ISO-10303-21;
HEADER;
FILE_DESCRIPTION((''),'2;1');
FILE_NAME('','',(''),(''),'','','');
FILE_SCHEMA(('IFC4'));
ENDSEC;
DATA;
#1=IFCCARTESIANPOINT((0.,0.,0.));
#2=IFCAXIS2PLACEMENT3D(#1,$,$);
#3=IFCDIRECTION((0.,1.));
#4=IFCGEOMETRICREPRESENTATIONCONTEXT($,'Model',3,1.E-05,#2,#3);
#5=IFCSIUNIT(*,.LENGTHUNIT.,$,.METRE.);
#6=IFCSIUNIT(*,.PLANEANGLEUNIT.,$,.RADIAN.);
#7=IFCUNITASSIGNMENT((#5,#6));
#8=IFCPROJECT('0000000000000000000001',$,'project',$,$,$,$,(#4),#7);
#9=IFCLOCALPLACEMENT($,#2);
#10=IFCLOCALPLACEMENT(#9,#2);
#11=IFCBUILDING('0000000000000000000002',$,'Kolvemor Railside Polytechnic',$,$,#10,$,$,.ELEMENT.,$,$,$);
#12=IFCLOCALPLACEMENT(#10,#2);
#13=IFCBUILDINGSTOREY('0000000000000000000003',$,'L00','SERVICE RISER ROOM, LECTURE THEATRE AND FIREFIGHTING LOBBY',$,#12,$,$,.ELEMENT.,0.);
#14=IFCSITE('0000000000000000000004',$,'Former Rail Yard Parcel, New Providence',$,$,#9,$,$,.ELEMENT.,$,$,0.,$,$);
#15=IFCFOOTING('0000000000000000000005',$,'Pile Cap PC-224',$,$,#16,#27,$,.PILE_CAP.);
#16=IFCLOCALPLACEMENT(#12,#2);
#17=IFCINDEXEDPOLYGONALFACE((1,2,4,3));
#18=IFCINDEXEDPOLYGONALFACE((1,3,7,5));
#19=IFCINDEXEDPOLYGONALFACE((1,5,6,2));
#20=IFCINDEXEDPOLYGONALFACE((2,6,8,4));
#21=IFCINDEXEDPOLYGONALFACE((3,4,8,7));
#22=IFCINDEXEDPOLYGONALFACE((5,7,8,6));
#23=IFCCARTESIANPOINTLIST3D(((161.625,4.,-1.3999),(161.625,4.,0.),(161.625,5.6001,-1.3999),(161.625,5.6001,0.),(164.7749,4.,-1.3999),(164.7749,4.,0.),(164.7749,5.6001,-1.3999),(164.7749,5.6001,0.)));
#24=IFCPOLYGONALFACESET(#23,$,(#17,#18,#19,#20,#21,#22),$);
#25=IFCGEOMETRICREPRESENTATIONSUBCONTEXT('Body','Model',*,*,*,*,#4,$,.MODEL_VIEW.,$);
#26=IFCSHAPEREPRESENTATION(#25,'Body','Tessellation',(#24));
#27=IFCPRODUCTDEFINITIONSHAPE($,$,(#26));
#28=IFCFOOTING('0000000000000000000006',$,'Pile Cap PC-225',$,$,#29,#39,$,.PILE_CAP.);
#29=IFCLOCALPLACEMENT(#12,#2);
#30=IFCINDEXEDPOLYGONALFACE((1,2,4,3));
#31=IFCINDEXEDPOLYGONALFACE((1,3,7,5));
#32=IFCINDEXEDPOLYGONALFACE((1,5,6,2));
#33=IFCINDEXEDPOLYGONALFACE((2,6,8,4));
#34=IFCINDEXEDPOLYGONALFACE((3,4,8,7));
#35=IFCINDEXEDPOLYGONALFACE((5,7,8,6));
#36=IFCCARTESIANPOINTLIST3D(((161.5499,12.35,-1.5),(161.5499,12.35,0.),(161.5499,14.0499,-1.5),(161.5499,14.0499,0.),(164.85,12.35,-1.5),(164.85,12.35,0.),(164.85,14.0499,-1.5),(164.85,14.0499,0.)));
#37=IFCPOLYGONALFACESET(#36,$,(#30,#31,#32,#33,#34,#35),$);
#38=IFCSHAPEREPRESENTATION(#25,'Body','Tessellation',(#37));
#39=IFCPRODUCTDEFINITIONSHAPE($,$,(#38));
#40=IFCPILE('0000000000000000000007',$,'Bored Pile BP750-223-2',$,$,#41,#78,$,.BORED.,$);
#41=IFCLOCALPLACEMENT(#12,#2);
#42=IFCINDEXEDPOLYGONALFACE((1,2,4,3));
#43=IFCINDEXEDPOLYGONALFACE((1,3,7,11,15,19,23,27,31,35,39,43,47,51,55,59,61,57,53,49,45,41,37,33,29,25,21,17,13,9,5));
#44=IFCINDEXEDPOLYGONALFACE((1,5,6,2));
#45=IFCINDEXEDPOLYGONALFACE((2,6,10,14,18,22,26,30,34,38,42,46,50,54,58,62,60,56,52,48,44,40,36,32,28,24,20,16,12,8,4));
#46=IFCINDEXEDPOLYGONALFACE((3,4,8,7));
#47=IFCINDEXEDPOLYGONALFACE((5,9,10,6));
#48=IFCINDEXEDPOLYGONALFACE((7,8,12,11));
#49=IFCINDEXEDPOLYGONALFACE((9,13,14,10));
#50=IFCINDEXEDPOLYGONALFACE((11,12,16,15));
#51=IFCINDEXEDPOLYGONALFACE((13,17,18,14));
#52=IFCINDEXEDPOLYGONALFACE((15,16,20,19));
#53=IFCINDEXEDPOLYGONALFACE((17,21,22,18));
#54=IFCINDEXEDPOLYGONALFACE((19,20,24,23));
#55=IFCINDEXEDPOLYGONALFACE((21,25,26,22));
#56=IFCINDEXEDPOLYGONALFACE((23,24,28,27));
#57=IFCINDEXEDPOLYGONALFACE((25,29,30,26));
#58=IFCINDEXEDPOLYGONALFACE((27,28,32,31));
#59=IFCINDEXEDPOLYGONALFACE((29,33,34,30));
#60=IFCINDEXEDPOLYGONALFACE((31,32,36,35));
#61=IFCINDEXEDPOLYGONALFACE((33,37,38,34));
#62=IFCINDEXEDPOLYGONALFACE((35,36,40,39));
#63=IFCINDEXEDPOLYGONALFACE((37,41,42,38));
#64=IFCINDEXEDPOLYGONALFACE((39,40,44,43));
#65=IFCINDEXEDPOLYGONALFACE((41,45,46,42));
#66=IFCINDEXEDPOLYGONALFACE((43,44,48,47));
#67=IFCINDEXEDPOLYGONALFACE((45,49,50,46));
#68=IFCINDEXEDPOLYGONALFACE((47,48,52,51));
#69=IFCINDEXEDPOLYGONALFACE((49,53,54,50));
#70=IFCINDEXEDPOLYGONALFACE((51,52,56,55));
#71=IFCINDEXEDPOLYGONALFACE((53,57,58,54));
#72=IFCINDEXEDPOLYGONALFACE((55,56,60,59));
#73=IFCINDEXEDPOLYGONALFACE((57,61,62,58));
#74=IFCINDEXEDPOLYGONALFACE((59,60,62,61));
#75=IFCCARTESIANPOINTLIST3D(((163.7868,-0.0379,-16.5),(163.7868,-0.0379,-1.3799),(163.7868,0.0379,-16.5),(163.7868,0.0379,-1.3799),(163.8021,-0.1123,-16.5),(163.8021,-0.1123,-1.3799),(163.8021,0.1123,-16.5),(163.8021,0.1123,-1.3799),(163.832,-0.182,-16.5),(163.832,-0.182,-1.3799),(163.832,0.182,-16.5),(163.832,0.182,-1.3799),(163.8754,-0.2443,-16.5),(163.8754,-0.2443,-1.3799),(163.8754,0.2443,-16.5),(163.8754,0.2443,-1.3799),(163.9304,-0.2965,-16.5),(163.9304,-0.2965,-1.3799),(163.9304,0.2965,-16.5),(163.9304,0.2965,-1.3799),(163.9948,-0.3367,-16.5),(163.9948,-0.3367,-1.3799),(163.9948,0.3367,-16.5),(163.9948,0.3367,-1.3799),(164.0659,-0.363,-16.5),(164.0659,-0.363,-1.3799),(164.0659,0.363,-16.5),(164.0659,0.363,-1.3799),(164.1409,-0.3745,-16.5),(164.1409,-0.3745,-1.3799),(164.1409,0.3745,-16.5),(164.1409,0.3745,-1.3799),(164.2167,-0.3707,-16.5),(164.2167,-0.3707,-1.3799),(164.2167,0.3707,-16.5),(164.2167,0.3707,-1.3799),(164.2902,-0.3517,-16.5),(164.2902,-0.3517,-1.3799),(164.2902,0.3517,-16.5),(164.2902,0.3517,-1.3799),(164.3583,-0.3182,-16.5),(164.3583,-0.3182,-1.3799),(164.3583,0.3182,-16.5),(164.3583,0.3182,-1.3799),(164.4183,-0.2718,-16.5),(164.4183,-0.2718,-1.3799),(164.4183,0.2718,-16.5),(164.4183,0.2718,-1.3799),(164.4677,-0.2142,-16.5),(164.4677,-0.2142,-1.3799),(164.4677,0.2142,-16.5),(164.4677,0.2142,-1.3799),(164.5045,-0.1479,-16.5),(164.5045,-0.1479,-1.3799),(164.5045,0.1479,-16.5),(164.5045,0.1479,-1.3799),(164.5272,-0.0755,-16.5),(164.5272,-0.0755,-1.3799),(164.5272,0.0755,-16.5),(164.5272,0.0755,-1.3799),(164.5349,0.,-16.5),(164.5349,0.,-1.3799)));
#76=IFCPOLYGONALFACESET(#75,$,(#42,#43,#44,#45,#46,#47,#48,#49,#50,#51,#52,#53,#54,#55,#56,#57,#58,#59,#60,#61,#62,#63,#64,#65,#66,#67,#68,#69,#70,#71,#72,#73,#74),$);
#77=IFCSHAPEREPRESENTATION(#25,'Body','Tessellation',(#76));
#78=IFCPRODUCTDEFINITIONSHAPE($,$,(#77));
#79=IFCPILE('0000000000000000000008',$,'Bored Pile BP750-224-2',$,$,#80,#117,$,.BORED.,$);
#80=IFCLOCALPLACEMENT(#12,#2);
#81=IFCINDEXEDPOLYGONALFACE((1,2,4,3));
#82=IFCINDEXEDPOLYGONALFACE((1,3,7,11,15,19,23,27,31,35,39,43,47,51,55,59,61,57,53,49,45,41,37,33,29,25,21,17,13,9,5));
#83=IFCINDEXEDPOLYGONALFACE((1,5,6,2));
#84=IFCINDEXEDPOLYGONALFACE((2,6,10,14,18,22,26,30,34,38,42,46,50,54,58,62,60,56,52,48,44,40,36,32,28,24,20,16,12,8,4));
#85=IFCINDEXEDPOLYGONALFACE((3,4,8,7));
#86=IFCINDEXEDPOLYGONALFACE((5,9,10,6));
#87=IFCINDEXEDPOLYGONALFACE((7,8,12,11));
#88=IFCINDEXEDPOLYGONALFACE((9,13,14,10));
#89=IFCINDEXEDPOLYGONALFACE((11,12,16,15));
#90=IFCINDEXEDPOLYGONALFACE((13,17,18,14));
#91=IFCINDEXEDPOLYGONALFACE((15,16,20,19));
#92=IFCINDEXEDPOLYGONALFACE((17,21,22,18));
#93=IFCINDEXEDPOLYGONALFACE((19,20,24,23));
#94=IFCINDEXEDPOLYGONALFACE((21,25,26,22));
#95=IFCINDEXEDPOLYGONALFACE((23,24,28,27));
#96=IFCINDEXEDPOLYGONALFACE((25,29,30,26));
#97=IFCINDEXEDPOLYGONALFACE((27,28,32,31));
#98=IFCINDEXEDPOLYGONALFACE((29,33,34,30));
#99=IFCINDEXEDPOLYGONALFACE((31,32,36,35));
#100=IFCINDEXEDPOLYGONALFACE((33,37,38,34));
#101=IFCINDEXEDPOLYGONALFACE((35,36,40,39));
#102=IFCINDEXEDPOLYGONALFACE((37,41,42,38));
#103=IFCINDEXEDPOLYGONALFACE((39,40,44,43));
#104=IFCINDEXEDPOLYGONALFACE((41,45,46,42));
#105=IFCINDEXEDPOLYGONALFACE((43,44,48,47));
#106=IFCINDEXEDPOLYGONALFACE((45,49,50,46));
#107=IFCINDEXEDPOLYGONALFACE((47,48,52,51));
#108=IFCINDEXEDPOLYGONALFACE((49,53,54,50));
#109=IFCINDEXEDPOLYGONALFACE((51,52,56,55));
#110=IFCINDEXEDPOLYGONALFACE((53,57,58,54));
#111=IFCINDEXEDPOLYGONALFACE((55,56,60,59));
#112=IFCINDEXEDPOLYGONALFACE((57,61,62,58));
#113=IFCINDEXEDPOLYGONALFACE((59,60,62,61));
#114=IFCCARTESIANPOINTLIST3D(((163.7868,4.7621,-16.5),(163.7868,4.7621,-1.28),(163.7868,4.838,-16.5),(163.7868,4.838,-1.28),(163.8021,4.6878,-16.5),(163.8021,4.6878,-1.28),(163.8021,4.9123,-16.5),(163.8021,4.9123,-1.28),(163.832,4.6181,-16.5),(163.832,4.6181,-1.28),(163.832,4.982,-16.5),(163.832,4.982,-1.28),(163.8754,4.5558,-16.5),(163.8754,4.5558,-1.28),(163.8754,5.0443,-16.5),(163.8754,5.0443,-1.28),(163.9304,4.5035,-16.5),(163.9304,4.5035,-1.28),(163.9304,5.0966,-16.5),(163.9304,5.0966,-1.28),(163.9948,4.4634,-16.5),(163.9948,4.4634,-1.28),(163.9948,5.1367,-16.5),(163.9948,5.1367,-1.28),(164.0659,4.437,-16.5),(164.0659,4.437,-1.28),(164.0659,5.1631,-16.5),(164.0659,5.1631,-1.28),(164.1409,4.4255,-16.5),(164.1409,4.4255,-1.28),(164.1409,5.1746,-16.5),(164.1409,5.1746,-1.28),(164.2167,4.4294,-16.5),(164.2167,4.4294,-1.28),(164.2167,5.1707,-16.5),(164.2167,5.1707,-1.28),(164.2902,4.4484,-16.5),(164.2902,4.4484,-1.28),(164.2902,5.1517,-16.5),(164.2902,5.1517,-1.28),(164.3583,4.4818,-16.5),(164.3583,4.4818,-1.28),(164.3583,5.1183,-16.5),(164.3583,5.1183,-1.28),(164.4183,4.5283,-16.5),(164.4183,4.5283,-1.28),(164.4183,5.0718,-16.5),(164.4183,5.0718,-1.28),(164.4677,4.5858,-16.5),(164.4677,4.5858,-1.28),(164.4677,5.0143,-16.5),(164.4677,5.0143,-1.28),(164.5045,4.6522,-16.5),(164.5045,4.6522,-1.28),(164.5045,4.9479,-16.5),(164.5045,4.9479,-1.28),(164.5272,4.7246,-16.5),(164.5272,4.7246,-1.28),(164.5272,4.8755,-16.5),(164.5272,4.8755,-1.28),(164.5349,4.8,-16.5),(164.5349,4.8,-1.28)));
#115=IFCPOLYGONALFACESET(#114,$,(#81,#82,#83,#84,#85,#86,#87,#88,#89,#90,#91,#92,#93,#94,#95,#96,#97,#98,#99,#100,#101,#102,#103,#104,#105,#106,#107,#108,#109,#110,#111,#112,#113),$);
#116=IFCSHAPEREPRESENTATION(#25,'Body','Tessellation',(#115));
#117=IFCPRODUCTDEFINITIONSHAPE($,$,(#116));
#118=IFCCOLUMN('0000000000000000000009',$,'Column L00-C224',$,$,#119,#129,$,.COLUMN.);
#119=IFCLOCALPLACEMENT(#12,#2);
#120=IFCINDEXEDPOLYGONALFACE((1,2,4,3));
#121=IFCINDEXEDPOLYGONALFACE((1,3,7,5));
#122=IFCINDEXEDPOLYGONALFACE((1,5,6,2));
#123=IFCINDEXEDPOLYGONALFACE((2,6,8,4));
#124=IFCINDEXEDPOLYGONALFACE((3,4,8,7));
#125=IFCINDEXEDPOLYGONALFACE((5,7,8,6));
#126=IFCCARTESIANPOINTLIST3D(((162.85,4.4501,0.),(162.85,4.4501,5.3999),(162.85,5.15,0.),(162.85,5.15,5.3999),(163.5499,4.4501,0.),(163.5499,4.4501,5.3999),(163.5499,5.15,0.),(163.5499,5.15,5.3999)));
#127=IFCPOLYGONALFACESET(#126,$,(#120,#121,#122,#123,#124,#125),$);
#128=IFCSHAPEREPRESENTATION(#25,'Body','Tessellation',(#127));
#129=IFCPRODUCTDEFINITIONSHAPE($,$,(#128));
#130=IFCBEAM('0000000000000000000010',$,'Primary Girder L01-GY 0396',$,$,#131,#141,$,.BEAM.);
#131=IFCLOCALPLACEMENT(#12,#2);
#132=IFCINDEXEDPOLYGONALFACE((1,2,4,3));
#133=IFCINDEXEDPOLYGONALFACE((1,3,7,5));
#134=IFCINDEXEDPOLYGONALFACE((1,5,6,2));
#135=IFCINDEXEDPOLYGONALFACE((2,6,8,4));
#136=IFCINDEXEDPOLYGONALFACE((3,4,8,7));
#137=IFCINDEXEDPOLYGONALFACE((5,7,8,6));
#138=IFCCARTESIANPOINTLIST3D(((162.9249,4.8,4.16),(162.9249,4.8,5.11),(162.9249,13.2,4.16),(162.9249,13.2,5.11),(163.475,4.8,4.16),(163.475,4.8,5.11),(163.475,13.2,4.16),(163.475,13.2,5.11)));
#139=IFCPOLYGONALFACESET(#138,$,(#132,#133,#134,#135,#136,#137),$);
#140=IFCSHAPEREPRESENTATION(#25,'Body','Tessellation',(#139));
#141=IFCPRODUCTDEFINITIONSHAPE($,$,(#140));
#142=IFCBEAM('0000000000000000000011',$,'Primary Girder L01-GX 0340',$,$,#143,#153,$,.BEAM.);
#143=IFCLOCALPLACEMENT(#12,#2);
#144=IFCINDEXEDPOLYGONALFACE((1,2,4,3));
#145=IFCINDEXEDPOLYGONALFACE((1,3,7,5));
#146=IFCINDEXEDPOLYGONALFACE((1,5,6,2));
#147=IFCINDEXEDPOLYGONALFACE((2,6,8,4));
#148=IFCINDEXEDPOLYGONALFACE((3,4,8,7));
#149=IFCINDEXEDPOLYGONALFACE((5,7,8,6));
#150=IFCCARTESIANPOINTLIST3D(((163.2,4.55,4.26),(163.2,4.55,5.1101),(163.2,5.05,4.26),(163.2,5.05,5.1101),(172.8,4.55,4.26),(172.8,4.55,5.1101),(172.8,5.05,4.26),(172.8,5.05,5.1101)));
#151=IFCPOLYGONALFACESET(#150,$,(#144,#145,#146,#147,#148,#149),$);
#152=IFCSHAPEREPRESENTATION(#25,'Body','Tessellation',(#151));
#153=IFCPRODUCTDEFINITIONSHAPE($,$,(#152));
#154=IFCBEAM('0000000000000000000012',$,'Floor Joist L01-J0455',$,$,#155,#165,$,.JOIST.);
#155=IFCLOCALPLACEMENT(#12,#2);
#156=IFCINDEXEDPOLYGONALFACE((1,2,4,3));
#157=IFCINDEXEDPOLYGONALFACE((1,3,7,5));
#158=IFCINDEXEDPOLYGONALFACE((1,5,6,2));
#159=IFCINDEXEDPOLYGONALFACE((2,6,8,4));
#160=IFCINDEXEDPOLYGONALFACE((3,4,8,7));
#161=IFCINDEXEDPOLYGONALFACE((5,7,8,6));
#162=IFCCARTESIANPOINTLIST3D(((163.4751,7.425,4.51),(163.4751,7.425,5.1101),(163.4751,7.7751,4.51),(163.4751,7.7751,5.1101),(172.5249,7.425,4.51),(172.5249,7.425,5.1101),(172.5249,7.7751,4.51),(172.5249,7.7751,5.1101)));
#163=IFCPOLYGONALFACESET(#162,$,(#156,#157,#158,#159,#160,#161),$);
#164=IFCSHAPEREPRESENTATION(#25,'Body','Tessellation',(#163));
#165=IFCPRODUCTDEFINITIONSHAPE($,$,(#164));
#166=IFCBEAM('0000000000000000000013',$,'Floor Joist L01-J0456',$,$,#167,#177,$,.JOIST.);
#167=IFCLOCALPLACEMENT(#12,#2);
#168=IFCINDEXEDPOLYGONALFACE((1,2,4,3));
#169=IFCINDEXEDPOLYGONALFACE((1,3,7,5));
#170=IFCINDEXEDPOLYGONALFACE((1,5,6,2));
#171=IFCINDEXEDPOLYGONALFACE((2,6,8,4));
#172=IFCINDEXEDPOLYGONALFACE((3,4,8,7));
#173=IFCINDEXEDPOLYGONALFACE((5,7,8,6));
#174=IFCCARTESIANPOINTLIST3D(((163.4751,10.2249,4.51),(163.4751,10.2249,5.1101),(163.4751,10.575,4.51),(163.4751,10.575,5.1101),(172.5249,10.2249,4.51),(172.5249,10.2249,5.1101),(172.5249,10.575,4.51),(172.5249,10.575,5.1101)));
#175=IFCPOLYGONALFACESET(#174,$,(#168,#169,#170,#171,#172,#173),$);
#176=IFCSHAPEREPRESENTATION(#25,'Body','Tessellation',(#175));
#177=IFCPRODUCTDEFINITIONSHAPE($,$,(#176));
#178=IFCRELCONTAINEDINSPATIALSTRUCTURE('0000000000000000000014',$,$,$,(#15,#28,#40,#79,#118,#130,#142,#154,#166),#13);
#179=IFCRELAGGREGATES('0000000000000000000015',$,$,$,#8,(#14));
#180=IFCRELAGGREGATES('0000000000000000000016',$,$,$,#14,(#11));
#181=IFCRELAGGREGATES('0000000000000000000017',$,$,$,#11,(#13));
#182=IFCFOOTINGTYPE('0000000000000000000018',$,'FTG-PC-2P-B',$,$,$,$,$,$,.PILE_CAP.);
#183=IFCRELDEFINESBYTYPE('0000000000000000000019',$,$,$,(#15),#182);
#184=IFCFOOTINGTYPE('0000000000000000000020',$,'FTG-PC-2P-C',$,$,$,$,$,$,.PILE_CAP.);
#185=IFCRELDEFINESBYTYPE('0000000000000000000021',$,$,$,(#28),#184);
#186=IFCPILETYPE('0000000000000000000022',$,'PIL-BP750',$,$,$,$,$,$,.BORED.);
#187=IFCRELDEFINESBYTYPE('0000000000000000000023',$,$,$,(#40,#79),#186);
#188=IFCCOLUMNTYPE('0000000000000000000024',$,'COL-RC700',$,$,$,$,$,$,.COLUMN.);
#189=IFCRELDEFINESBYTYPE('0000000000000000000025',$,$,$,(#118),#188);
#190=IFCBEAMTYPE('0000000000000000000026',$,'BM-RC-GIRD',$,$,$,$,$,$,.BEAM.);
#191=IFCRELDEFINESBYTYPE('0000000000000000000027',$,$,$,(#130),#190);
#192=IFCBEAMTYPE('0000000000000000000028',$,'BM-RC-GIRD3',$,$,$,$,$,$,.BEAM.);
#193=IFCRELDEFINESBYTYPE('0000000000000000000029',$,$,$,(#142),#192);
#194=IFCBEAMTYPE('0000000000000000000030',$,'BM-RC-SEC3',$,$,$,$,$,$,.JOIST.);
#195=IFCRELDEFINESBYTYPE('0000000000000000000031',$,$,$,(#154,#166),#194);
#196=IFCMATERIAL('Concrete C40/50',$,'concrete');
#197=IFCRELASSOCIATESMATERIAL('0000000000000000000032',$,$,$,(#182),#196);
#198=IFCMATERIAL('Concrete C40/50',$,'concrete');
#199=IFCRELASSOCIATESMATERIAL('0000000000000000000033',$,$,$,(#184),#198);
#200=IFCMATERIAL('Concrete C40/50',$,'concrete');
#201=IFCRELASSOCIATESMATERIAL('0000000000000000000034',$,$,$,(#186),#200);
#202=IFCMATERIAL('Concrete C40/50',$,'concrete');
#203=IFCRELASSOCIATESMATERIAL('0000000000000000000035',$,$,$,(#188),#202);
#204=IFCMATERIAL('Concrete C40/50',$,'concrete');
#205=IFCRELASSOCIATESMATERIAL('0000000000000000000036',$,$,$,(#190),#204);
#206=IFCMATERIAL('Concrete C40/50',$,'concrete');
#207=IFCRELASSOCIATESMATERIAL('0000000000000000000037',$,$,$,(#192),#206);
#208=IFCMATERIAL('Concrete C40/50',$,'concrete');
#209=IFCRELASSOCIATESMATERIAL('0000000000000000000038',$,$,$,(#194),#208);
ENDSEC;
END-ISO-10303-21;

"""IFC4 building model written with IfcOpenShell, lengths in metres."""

from ifc_helpers import new_model, si_unit, direction, frame, origin, origin_2d, place, context, subcontext, project, spatial, rectangle, circle, extrude, material, material_profile, profile_set, type_object, element, save


model = new_model("IFC4")

# Units and contexts
model_context = context("Model", 3, precision=1e-05, world=origin(), true_north=direction((0.0, 1.0)))
body_context = subcontext(model_context, "Body", "Model", "MODEL_VIEW")
ifc_project = project(units=[si_unit("LENGTHUNIT", "METRE"), si_unit("PLANEANGLEUNIT", "RADIAN")], contexts=[model_context])

# Site, building, storey
site_placement = place(None, origin())
site = spatial("IfcSite", under=ifc_project, at=site_placement, Name="Former Rail Yard Parcel, New Providence", CompositionType="ELEMENT", RefElevation=0.0)
building_placement = place(site_placement, origin())
building = spatial("IfcBuilding", under=site, at=building_placement, Name="Kolvemor Railside Polytechnic", CompositionType="ELEMENT")
storey_placement = place(building_placement, origin())
storey = spatial("IfcBuildingStorey", under=building, at=storey_placement, Name="L00", Description="SERVICE RISER ROOM, LECTURE THEATRE AND FIREFIGHTING LOBBY", CompositionType="ELEMENT", Elevation=0.0)

# Footings
ifc_material_1 = material(Name="Concrete C40/50", Category="concrete")
footing_type_1 = type_object("IfcFootingType", Name="FTG-PC-2P-B", PredefinedType="PILE_CAP", material=ifc_material_1)
footing_1_placement = place(storey_placement, frame((163.2, 4.8, -1.3999), z_axis=(0.0, 0.0, 1.0), x_axis=(1.0, 0.0, 0.0)))
element("IfcFooting", 1, at=footing_1_placement, inside=storey, type_object=footing_type_1, Name="Pile Cap PC-224", PredefinedType="PILE_CAP", context=body_context, shape_type="SweptSolid", body=[
    extrude(rectangle(XDim=3.1499, YDim=1.6001, at=origin_2d()), origin(), (0.0, 0.0, 1.0), 1.3999),
])
ifc_material_2 = material(Name="Concrete C40/50", Category="concrete")
footing_type_2 = type_object("IfcFootingType", Name="FTG-PC-2P-C", PredefinedType="PILE_CAP", material=ifc_material_2)
footing_2_placement = place(storey_placement, frame((163.2, 13.2, -1.5), z_axis=(0.0, 0.0, 1.0), x_axis=(1.0, 0.0, 0.0)))
element("IfcFooting", 2, at=footing_2_placement, inside=storey, type_object=footing_type_2, Name="Pile Cap PC-225", PredefinedType="PILE_CAP", context=body_context, shape_type="SweptSolid", body=[
    extrude(rectangle(XDim=3.3, YDim=1.7, at=origin_2d()), origin(), (0.0, 0.0, 1.0), 1.5),
])

# Piles
ifc_material_3 = material(Name="Concrete C40/50", Category="concrete")
ifc_material_profile_1 = material_profile(ifc_material_3, circle(Radius=0.375, at=origin_2d()), Name="BP750")
ifc_profile_set_1 = profile_set([ifc_material_profile_1], Name="Concrete C40/50")
pile_type = type_object("IfcPileType", Name="PIL-BP750", PredefinedType="BORED", material=ifc_profile_set_1)
pile_1_placement = place(storey_placement, frame((164.1599, 0.0, -1.3799), z_axis=(0.0, 0.0, -1.0), x_axis=(1.0, 0.0, 0.0)))
element("IfcPile", 3, at=pile_1_placement, inside=storey, type_object=pile_type, Name="Bored Pile BP750-223-2", PredefinedType="BORED", context=body_context, shape_type="SweptSolid", body=[
    extrude(circle(Radius=0.375, at=origin_2d()), origin(), (0.0, 0.0, 1.0), 15.1201),
])
pile_2_placement = place(storey_placement, frame((164.1599, 4.8, -1.28), z_axis=(0.0, 0.0, -1.0), x_axis=(1.0, 0.0, 0.0)))
element("IfcPile", 4, at=pile_2_placement, inside=storey, type_object=pile_type, Name="Bored Pile BP750-224-2", PredefinedType="BORED", context=body_context, shape_type="SweptSolid", body=[
    extrude(circle(Radius=0.375, at=origin_2d()), origin(), (0.0, 0.0, 1.0), 15.22),
])

# Column
ifc_material_4 = material(Name="Concrete C40/50", Category="concrete")
ifc_material_profile_2 = material_profile(ifc_material_4, rectangle(XDim=0.7, YDim=0.7, at=origin_2d()), Name="RC700x700")
ifc_profile_set_2 = profile_set([ifc_material_profile_2], Name="Concrete C40/50")
column_type = type_object("IfcColumnType", Name="COL-RC700", PredefinedType="COLUMN", material=ifc_profile_set_2)
column_placement = place(storey_placement, frame((163.2, 4.8, 0.0), z_axis=(0.0, 0.0, 1.0), x_axis=(1.0, 0.0, 0.0)))
element("IfcColumn", 5, at=column_placement, inside=storey, type_object=column_type, Name="Column L00-C224", PredefinedType="COLUMN", context=body_context, shape_type="SweptSolid", body=[
    extrude(rectangle(XDim=0.7, YDim=0.7, at=origin_2d()), origin(), (0.0, 0.0, 1.0), 5.3999),
])

# Beams
ifc_material_5 = material(Name="Concrete C40/50", Category="concrete")
ifc_material_profile_3 = material_profile(ifc_material_5, rectangle(XDim=0.55, YDim=0.95, at=origin_2d()), Name="RC550x950")
ifc_profile_set_3 = profile_set([ifc_material_profile_3], Name="Concrete C40/50")
beam_type_1 = type_object("IfcBeamType", Name="BM-RC-GIRD", PredefinedType="BEAM", material=ifc_profile_set_3)
beam_1_placement = place(storey_placement, frame((163.2, 4.8, 4.635), z_axis=(0.0, 1.0, 0.0), x_axis=(-1.0, 0.0, 0.0)))
element("IfcBeam", 6, at=beam_1_placement, inside=storey, type_object=beam_type_1, Name="Primary Girder L01-GY 0396", PredefinedType="BEAM", context=body_context, shape_type="SweptSolid", body=[
    extrude(rectangle(XDim=0.55, YDim=0.95, at=origin_2d()), origin(), (0.0, 0.0, 1.0), 8.3999),
])
ifc_material_6 = material(Name="Concrete C40/50", Category="concrete")
ifc_material_profile_4 = material_profile(ifc_material_6, rectangle(XDim=0.5, YDim=0.8501, at=origin_2d()), Name="RC500x850")
ifc_profile_set_4 = profile_set([ifc_material_profile_4], Name="Concrete C40/50")
beam_type_2 = type_object("IfcBeamType", Name="BM-RC-GIRD3", PredefinedType="BEAM", material=ifc_profile_set_4)
beam_2_placement = place(storey_placement, frame((163.2, 4.8, 4.6851), z_axis=(1.0, 0.0, 0.0), x_axis=(0.0, 1.0, 0.0)))
element("IfcBeam", 7, at=beam_2_placement, inside=storey, type_object=beam_type_2, Name="Primary Girder L01-GX 0340", PredefinedType="BEAM", context=body_context, shape_type="SweptSolid", body=[
    extrude(rectangle(XDim=0.5, YDim=0.8501, at=origin_2d()), origin(), (0.0, 0.0, 1.0), 9.6001),
])
ifc_material_7 = material(Name="Concrete C40/50", Category="concrete")
ifc_material_profile_5 = material_profile(ifc_material_7, rectangle(XDim=0.3501, YDim=0.6001, at=origin_2d()), Name="RC350x600")
ifc_profile_set_5 = profile_set([ifc_material_profile_5], Name="Concrete C40/50")
beam_type_3 = type_object("IfcBeamType", Name="BM-RC-SEC3", PredefinedType="JOIST", material=ifc_profile_set_5)
for number, where, z_axis, x_axis, name in (
    (8, (163.4751, 7.6001, 4.8101), (1.0, 0.0, 0.0), (0.0, 1.0, 0.0), "Floor Joist L01-J0455"),
    (9, (163.4751, 10.3999, 4.8101), (1.0, 0.0, 0.0), (0.0, 1.0, 0.0), "Floor Joist L01-J0456"),
):
    element("IfcBeam", number, at=place(storey_placement, frame(where, z_axis=z_axis, x_axis=x_axis)), inside=storey, type_object=beam_type_3, Name=name, PredefinedType="JOIST", context=body_context, shape_type="SweptSolid", body=[
        extrude(rectangle(XDim=0.3501, YDim=0.6001, at=origin_2d()), origin(), (0.0, 0.0, 1.0), 9.0498),
    ])

save(model, "model.ifc")
